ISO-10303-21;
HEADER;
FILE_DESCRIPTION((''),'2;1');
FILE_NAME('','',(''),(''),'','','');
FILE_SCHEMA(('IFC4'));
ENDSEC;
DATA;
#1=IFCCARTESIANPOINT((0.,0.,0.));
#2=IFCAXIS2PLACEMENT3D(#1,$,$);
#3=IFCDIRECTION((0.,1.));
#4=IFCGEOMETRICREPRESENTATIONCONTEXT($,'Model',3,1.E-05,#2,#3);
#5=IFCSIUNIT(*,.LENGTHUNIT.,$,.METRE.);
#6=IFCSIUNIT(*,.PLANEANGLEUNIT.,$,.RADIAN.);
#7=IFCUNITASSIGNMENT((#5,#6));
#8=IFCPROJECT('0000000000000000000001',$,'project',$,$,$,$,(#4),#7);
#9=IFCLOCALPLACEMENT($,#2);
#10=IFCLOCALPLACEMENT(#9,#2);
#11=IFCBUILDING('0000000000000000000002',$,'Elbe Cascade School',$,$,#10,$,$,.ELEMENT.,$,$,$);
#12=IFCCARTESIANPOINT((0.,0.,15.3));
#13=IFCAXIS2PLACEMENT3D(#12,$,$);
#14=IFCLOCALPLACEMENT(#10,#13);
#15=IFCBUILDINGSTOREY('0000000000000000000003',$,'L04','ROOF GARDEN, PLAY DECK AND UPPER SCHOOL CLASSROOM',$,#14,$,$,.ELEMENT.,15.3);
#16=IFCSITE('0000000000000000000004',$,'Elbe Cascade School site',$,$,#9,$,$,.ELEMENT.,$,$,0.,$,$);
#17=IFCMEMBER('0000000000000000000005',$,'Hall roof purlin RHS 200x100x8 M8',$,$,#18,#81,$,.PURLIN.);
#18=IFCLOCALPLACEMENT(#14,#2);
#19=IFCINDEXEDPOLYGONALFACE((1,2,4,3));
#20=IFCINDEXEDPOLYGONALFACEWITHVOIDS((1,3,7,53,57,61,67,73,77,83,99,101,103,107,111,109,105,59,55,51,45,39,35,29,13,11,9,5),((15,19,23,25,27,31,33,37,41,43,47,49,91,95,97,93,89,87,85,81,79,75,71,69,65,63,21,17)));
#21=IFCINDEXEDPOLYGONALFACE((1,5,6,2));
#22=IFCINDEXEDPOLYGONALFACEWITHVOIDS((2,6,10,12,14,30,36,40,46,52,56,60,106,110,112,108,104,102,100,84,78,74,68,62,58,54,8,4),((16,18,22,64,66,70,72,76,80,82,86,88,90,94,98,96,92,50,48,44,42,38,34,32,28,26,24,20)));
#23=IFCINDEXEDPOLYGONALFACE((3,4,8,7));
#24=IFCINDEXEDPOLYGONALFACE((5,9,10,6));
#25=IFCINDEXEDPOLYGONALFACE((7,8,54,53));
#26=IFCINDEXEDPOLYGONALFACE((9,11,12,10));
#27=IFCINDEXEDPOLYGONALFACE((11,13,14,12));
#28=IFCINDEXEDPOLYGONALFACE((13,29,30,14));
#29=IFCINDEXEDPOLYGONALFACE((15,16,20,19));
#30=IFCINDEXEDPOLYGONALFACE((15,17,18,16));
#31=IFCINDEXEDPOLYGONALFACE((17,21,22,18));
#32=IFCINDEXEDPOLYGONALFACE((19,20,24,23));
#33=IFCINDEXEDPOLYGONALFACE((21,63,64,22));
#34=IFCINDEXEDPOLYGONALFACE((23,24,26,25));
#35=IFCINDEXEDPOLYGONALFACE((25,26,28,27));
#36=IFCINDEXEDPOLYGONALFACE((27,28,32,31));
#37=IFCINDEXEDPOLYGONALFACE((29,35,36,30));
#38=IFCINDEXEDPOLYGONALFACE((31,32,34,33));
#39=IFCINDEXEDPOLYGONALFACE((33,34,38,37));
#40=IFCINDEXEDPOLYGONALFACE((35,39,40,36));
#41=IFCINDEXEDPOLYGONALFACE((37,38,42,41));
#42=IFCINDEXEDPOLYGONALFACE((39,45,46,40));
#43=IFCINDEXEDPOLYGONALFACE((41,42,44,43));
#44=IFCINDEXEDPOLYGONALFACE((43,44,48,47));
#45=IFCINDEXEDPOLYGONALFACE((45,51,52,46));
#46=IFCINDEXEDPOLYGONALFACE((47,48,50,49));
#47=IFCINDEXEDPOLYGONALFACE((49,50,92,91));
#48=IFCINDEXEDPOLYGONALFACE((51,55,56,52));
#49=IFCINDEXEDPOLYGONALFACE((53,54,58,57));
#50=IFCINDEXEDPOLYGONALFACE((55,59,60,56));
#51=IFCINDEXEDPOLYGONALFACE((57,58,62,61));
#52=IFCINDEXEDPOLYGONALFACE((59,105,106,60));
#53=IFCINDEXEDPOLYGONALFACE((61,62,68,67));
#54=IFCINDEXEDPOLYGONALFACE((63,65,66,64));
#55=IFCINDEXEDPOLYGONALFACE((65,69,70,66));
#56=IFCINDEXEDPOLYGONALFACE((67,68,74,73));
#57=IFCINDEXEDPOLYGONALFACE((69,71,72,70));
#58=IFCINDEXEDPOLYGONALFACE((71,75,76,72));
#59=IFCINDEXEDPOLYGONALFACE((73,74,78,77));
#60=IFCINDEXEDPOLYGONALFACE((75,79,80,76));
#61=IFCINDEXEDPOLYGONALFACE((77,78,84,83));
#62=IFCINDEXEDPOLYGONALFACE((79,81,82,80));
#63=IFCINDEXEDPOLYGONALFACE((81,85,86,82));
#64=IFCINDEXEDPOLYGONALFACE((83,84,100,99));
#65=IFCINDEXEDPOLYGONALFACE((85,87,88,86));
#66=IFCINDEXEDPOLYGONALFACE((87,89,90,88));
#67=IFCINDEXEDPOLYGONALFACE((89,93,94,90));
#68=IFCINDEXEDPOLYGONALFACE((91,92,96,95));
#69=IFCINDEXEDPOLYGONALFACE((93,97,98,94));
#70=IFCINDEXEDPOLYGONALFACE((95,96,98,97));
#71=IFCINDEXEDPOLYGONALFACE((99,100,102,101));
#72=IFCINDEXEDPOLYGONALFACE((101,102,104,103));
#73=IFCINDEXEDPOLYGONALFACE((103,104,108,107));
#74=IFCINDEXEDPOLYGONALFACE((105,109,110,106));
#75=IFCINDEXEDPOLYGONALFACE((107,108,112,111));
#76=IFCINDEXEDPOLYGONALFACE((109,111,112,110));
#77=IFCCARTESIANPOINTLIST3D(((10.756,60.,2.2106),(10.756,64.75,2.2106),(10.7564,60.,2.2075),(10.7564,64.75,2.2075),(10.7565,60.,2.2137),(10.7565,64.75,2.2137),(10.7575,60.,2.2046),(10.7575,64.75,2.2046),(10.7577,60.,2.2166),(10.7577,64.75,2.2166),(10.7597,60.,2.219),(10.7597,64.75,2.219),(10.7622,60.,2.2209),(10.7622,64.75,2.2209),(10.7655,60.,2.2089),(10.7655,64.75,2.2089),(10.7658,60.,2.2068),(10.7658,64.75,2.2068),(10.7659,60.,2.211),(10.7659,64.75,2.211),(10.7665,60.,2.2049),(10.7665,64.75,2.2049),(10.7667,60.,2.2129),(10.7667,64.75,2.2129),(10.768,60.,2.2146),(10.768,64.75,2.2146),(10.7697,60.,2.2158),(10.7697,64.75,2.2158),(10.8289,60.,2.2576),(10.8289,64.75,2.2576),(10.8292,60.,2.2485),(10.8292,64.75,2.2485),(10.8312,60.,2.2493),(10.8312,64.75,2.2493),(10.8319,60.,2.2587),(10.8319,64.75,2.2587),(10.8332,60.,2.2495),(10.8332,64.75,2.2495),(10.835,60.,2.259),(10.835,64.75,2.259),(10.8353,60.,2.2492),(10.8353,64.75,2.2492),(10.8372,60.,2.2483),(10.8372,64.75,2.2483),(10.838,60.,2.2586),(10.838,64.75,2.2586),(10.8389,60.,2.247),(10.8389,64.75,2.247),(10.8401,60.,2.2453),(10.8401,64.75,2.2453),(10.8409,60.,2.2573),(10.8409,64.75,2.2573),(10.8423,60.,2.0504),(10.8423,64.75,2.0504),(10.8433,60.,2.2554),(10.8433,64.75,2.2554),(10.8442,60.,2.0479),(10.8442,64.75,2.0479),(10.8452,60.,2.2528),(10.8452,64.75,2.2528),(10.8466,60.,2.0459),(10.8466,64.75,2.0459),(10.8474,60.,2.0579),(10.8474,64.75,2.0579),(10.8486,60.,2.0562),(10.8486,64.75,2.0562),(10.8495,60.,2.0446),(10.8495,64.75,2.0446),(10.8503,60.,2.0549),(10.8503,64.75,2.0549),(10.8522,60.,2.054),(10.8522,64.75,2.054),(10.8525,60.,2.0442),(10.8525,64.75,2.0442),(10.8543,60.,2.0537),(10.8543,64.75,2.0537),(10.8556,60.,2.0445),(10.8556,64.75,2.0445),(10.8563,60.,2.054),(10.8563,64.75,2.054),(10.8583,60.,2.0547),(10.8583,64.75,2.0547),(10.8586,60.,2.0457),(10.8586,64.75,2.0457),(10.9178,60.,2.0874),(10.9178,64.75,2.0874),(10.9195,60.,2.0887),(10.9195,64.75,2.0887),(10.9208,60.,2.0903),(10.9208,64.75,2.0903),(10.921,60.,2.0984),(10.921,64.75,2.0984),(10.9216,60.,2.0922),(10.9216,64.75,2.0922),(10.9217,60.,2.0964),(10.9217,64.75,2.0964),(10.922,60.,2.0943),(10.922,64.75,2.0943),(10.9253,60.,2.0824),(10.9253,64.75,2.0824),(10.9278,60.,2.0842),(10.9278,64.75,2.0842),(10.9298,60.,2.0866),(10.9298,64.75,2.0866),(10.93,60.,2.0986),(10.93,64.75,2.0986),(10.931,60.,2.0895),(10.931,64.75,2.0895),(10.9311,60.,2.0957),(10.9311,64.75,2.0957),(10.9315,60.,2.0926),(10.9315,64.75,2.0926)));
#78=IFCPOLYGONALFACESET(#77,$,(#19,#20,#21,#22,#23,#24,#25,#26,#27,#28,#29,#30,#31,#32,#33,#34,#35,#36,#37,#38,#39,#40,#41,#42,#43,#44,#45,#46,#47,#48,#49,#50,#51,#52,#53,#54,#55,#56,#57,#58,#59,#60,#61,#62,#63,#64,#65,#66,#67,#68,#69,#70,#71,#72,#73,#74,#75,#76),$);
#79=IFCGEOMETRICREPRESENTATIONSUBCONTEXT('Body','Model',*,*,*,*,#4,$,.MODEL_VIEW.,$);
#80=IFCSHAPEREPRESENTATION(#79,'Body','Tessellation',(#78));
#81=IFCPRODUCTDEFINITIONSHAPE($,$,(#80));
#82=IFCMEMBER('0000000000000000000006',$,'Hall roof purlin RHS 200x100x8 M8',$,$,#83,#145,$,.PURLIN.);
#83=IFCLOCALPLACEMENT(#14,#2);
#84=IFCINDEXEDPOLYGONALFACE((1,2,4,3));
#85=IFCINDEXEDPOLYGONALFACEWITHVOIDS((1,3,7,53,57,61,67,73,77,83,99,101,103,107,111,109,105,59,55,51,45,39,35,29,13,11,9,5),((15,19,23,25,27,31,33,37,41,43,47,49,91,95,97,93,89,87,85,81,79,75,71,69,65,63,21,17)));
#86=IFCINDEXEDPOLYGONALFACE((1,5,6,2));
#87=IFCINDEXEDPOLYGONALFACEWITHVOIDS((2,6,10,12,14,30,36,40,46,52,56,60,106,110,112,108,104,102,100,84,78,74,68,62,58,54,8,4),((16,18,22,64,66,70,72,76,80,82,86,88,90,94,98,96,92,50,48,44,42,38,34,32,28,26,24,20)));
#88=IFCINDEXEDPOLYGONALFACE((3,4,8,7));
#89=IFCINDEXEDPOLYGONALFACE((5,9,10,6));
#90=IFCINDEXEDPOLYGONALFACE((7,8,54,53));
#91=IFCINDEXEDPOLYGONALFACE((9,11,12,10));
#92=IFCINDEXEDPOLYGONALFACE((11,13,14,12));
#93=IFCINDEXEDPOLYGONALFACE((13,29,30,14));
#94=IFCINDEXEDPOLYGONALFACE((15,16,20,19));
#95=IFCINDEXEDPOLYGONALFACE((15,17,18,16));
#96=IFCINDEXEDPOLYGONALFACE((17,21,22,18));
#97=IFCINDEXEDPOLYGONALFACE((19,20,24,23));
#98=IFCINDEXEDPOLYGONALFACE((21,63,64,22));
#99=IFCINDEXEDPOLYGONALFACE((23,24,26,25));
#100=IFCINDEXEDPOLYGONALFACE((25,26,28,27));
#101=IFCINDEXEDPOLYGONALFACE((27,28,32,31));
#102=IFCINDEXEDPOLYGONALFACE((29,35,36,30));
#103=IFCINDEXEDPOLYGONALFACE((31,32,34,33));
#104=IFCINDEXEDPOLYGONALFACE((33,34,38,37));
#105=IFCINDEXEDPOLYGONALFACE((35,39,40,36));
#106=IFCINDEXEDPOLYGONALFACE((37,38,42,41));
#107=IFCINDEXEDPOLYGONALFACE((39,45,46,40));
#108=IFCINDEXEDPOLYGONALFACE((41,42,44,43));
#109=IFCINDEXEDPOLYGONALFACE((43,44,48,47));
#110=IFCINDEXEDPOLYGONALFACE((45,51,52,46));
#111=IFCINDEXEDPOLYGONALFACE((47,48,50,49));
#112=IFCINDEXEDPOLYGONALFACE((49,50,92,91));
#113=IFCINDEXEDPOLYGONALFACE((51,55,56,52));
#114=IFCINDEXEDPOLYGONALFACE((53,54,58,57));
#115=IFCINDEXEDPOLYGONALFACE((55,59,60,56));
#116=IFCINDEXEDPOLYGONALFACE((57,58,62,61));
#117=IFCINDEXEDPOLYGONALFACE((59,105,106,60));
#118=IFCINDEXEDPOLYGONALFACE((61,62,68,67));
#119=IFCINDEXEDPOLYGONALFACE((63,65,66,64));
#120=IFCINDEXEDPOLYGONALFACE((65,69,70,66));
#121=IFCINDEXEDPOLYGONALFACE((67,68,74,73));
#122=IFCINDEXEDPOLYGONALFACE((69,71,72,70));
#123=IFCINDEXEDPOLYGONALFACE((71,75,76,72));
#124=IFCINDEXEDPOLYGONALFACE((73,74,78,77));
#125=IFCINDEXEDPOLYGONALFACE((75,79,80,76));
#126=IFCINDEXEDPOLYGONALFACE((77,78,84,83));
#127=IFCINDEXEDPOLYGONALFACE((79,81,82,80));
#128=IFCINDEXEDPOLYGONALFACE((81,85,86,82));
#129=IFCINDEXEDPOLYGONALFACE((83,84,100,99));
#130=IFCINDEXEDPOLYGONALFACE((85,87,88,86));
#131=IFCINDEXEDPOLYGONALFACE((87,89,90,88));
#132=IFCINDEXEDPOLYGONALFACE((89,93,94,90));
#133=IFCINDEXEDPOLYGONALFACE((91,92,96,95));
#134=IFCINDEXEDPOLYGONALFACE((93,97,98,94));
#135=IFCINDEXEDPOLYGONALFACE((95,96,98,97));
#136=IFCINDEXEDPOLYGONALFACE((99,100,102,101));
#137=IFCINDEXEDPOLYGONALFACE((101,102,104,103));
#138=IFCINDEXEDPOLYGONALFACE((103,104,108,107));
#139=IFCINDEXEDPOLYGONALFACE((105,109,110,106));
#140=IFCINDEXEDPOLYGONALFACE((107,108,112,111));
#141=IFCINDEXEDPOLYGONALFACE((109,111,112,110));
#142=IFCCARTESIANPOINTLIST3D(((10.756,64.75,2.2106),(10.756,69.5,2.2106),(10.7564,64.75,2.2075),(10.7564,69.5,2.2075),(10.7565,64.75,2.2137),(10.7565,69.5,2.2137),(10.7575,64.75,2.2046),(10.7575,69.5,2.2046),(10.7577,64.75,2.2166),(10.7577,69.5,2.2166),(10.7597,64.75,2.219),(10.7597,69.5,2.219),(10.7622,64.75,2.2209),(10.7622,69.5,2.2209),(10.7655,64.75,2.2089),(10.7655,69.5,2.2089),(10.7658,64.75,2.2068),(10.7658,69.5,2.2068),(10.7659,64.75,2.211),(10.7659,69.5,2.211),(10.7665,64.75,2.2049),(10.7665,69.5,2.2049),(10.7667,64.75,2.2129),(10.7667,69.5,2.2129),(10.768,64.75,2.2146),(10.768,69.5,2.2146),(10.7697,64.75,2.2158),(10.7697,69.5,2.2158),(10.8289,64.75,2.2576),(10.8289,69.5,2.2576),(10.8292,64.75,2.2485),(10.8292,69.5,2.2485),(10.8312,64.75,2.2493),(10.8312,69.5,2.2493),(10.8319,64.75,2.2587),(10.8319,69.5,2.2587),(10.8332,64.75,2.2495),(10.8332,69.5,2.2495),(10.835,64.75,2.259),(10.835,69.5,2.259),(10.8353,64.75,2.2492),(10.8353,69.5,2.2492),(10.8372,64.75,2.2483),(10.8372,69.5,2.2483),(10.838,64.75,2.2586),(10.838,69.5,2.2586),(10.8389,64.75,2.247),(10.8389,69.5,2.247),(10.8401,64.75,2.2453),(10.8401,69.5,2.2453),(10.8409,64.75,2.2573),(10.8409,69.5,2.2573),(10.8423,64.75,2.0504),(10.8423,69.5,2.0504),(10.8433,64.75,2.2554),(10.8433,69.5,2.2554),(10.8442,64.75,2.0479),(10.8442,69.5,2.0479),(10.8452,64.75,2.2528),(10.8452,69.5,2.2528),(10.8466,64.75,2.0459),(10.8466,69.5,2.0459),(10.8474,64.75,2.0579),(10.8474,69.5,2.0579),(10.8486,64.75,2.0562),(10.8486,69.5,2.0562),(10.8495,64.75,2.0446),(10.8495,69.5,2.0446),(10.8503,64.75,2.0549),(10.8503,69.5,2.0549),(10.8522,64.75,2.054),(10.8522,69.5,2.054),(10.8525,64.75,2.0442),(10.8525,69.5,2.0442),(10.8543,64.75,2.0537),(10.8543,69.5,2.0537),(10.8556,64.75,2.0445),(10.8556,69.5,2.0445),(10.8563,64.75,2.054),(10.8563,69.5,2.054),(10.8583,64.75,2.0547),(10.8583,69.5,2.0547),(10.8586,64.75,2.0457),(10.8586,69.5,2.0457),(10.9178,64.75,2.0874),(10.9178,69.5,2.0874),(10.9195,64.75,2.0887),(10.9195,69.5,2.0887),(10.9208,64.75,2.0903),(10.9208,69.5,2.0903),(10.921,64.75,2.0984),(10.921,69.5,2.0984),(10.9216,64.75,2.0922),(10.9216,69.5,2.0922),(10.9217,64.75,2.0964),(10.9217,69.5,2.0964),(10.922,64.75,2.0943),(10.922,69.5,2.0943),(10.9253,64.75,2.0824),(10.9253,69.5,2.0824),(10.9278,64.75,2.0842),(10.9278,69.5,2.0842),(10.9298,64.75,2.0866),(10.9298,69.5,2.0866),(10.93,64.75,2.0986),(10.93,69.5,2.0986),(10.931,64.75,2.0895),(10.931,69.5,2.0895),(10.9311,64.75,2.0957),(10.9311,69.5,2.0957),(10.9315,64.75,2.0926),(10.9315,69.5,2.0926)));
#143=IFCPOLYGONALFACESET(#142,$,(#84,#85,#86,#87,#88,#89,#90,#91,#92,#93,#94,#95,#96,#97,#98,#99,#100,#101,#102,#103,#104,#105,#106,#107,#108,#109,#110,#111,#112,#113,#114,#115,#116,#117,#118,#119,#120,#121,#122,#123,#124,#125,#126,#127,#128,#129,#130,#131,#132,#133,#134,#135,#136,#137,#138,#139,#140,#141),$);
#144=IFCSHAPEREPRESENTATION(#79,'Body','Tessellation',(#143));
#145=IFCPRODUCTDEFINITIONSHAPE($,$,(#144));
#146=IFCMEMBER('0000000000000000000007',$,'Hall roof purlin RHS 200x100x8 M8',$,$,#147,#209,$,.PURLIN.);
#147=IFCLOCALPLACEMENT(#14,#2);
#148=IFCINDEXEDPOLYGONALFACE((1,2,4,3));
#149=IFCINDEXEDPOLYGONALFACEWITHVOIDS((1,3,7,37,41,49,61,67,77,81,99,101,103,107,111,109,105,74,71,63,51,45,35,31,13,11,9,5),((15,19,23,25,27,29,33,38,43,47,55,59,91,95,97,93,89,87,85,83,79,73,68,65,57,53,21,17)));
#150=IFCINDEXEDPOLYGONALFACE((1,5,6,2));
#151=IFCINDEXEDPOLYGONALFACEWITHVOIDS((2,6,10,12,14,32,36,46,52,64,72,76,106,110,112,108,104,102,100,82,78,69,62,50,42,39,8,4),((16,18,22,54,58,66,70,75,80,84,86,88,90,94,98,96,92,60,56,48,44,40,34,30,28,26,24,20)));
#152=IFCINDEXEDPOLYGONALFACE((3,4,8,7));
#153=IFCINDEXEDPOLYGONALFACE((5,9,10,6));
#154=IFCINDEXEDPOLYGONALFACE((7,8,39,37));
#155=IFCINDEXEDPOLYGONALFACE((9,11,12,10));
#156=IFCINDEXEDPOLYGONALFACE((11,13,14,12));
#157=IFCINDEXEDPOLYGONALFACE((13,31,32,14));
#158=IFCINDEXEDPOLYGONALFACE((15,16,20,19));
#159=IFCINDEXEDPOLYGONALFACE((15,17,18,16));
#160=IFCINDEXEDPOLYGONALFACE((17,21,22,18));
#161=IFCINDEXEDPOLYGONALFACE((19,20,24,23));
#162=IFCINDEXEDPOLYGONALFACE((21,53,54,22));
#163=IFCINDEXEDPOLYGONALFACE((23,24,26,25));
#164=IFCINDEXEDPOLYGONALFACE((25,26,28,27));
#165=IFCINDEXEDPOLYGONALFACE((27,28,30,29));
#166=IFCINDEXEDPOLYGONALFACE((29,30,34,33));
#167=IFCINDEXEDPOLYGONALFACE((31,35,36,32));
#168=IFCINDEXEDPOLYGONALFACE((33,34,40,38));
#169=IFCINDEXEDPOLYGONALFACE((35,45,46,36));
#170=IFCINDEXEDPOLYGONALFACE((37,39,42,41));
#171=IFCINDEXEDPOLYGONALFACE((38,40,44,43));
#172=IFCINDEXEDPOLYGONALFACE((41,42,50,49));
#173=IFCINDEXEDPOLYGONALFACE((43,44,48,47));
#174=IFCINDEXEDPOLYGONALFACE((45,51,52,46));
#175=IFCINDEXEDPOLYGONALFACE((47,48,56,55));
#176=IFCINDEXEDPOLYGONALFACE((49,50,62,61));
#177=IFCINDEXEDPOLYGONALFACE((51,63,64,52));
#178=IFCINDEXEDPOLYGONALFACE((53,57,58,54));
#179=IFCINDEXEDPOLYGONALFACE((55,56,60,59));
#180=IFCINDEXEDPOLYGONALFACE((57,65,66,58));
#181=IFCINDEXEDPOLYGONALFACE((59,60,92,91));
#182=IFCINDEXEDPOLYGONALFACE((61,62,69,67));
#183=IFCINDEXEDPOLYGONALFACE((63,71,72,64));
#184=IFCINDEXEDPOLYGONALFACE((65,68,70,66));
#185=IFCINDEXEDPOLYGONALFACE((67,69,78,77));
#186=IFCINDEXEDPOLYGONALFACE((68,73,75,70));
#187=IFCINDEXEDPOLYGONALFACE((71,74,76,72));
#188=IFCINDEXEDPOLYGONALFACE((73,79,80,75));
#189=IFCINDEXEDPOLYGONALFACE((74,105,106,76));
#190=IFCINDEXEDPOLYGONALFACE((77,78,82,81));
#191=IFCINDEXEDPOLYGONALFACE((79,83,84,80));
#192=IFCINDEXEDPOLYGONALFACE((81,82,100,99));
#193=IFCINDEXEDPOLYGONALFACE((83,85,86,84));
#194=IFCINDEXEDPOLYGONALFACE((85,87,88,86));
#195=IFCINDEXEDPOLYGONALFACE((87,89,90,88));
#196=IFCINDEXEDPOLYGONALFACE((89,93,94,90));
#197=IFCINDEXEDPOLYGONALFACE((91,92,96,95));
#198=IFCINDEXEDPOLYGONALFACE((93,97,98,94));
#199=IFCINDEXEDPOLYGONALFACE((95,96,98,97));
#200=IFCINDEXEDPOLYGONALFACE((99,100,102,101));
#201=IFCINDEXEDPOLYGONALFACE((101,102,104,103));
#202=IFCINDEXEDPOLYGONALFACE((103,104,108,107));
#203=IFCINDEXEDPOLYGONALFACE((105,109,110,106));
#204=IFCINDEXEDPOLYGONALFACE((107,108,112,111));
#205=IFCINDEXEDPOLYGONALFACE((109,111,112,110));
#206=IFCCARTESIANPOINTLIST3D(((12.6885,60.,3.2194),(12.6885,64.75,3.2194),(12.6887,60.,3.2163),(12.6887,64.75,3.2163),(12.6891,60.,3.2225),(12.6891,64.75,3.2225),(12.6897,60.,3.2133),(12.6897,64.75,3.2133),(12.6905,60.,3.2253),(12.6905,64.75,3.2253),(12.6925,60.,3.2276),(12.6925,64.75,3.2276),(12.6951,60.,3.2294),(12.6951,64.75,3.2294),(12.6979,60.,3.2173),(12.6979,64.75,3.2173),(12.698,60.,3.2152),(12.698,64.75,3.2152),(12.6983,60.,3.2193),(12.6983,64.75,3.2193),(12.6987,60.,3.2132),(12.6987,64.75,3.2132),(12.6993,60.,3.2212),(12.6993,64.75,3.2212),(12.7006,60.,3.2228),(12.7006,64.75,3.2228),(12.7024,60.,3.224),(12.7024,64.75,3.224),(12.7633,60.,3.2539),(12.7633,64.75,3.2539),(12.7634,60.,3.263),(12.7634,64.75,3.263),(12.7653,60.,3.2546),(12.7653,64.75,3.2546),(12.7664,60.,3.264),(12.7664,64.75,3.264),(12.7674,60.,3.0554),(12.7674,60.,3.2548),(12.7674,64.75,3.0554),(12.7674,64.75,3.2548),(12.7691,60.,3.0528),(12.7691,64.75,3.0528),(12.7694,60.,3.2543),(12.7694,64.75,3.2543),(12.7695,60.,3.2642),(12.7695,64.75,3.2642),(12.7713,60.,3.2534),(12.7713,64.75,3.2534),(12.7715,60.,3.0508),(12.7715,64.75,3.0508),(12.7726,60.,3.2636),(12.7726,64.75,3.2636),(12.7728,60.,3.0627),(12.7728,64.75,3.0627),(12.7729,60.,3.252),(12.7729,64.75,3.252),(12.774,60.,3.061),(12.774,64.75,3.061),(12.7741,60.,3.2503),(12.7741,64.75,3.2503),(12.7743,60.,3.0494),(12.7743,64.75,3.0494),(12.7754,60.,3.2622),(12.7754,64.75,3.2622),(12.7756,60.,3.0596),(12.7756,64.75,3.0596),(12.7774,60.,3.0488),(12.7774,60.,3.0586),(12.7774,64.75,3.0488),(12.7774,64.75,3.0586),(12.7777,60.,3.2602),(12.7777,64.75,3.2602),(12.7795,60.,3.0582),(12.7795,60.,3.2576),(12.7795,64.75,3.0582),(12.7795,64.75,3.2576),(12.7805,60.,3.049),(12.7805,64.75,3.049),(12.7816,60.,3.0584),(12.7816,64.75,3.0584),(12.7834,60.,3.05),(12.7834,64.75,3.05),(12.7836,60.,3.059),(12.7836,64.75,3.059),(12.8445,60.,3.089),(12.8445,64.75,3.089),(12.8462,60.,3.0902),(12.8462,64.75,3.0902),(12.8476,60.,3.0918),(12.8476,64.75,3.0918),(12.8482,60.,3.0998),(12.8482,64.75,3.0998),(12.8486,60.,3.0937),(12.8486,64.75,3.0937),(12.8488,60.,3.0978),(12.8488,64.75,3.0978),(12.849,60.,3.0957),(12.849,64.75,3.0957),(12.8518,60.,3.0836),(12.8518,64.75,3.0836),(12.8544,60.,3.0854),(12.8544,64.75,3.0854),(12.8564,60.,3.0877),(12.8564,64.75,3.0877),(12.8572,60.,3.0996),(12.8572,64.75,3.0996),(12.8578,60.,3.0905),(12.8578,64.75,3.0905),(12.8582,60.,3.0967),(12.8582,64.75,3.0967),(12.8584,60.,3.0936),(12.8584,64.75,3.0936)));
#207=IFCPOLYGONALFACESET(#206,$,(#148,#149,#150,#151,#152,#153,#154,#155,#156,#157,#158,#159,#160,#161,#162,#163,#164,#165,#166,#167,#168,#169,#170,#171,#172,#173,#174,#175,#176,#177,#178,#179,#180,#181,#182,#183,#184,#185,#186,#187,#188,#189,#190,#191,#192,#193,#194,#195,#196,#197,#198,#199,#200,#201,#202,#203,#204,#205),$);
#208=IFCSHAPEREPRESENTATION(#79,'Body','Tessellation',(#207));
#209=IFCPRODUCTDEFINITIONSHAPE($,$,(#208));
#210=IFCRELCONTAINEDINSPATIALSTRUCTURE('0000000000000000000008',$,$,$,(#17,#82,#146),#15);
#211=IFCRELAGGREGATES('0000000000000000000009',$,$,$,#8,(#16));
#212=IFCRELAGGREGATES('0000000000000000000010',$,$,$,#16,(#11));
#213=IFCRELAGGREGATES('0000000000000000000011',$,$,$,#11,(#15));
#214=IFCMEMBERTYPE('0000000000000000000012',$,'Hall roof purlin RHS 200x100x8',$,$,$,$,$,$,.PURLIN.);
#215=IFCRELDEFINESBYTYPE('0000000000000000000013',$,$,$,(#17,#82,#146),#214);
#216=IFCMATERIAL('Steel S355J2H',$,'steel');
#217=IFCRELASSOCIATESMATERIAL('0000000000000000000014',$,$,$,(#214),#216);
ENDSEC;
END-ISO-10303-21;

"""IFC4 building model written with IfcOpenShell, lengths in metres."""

from ifc_helpers import new_model, si_unit, direction, frame, origin, origin_2d, place, context, subcontext, project, spatial, hollow_rectangle, extrude, material, material_profile, profile_set, type_object, element, save


model = new_model("IFC4")

# Units and contexts
model_context = context("Model", 3, precision=1e-05, world=origin(), true_north=direction((0.0, 1.0)))
body_context = subcontext(model_context, "Body", "Model", "MODEL_VIEW")
ifc_project = project(units=[si_unit("LENGTHUNIT", "METRE"), si_unit("PLANEANGLEUNIT", "RADIAN")], contexts=[model_context])

# Site, building, storey
site_placement = place(None, origin())
site = spatial("IfcSite", under=ifc_project, at=site_placement, Name="Elbe Cascade School site", CompositionType="ELEMENT", RefElevation=0.0)
building_placement = place(site_placement, origin())
building = spatial("IfcBuilding", under=site, at=building_placement, Name="Elbe Cascade School", CompositionType="ELEMENT")
storey_placement = place(building_placement, frame((0.0, 0.0, 15.3)))
storey = spatial("IfcBuildingStorey", under=building, at=storey_placement, Name="L04", Description="ROOF GARDEN, PLAY DECK AND UPPER SCHOOL CLASSROOM", CompositionType="ELEMENT", Elevation=15.3)

# Members
ifc_material_1 = material(Name="Steel S355J2H", Category="steel")
ifc_material_profile_1 = material_profile(ifc_material_1, hollow_rectangle(XDim=0.1001, YDim=0.2, WallThickness=0.0081, InnerFilletRadius=0.0081, OuterFilletRadius=0.012, at=origin_2d()), Name="RHS 200x100x8")
ifc_profile_set_1 = profile_set([ifc_material_profile_1], Name="Steel S355J2H")
member_type_1 = type_object("IfcMemberType", Name="Hall roof purlin RHS 200x100x8", PredefinedType="PURLIN", material=ifc_profile_set_1)
for number, where, z_axis, x_axis, name in (
    (1, (10.8438, 60.0, 2.1516), (0.0, 1.0, 0.0), (-0.876252, 0.0, -0.481853), "Hall roof purlin RHS 200x100x8 M8"),
    (2, (10.8438, 64.75, 2.1516), (0.0, 1.0, 0.0), (-0.876252, 0.0, -0.481853), "Hall roof purlin RHS 200x100x8 M8"),
    (3, (12.7734, 60.0, 3.1565), (0.0, 1.0, 0.0), (-0.897163, 0.0, -0.441699), "Hall roof purlin RHS 200x100x8 M8"),
):
    element("IfcMember", number, at=place(storey_placement, frame(where, z_axis=z_axis, x_axis=x_axis)), inside=storey, type_object=member_type_1, Name=name, PredefinedType="PURLIN", context=body_context, shape_type="SweptSolid", body=[
        extrude(hollow_rectangle(XDim=0.1001, YDim=0.2, WallThickness=0.0081, InnerFilletRadius=0.0081, OuterFilletRadius=0.012, at=origin_2d()), origin(), (0.0, 0.0, 1.0), 4.75),
    ])

save(model, "model.ifc")
